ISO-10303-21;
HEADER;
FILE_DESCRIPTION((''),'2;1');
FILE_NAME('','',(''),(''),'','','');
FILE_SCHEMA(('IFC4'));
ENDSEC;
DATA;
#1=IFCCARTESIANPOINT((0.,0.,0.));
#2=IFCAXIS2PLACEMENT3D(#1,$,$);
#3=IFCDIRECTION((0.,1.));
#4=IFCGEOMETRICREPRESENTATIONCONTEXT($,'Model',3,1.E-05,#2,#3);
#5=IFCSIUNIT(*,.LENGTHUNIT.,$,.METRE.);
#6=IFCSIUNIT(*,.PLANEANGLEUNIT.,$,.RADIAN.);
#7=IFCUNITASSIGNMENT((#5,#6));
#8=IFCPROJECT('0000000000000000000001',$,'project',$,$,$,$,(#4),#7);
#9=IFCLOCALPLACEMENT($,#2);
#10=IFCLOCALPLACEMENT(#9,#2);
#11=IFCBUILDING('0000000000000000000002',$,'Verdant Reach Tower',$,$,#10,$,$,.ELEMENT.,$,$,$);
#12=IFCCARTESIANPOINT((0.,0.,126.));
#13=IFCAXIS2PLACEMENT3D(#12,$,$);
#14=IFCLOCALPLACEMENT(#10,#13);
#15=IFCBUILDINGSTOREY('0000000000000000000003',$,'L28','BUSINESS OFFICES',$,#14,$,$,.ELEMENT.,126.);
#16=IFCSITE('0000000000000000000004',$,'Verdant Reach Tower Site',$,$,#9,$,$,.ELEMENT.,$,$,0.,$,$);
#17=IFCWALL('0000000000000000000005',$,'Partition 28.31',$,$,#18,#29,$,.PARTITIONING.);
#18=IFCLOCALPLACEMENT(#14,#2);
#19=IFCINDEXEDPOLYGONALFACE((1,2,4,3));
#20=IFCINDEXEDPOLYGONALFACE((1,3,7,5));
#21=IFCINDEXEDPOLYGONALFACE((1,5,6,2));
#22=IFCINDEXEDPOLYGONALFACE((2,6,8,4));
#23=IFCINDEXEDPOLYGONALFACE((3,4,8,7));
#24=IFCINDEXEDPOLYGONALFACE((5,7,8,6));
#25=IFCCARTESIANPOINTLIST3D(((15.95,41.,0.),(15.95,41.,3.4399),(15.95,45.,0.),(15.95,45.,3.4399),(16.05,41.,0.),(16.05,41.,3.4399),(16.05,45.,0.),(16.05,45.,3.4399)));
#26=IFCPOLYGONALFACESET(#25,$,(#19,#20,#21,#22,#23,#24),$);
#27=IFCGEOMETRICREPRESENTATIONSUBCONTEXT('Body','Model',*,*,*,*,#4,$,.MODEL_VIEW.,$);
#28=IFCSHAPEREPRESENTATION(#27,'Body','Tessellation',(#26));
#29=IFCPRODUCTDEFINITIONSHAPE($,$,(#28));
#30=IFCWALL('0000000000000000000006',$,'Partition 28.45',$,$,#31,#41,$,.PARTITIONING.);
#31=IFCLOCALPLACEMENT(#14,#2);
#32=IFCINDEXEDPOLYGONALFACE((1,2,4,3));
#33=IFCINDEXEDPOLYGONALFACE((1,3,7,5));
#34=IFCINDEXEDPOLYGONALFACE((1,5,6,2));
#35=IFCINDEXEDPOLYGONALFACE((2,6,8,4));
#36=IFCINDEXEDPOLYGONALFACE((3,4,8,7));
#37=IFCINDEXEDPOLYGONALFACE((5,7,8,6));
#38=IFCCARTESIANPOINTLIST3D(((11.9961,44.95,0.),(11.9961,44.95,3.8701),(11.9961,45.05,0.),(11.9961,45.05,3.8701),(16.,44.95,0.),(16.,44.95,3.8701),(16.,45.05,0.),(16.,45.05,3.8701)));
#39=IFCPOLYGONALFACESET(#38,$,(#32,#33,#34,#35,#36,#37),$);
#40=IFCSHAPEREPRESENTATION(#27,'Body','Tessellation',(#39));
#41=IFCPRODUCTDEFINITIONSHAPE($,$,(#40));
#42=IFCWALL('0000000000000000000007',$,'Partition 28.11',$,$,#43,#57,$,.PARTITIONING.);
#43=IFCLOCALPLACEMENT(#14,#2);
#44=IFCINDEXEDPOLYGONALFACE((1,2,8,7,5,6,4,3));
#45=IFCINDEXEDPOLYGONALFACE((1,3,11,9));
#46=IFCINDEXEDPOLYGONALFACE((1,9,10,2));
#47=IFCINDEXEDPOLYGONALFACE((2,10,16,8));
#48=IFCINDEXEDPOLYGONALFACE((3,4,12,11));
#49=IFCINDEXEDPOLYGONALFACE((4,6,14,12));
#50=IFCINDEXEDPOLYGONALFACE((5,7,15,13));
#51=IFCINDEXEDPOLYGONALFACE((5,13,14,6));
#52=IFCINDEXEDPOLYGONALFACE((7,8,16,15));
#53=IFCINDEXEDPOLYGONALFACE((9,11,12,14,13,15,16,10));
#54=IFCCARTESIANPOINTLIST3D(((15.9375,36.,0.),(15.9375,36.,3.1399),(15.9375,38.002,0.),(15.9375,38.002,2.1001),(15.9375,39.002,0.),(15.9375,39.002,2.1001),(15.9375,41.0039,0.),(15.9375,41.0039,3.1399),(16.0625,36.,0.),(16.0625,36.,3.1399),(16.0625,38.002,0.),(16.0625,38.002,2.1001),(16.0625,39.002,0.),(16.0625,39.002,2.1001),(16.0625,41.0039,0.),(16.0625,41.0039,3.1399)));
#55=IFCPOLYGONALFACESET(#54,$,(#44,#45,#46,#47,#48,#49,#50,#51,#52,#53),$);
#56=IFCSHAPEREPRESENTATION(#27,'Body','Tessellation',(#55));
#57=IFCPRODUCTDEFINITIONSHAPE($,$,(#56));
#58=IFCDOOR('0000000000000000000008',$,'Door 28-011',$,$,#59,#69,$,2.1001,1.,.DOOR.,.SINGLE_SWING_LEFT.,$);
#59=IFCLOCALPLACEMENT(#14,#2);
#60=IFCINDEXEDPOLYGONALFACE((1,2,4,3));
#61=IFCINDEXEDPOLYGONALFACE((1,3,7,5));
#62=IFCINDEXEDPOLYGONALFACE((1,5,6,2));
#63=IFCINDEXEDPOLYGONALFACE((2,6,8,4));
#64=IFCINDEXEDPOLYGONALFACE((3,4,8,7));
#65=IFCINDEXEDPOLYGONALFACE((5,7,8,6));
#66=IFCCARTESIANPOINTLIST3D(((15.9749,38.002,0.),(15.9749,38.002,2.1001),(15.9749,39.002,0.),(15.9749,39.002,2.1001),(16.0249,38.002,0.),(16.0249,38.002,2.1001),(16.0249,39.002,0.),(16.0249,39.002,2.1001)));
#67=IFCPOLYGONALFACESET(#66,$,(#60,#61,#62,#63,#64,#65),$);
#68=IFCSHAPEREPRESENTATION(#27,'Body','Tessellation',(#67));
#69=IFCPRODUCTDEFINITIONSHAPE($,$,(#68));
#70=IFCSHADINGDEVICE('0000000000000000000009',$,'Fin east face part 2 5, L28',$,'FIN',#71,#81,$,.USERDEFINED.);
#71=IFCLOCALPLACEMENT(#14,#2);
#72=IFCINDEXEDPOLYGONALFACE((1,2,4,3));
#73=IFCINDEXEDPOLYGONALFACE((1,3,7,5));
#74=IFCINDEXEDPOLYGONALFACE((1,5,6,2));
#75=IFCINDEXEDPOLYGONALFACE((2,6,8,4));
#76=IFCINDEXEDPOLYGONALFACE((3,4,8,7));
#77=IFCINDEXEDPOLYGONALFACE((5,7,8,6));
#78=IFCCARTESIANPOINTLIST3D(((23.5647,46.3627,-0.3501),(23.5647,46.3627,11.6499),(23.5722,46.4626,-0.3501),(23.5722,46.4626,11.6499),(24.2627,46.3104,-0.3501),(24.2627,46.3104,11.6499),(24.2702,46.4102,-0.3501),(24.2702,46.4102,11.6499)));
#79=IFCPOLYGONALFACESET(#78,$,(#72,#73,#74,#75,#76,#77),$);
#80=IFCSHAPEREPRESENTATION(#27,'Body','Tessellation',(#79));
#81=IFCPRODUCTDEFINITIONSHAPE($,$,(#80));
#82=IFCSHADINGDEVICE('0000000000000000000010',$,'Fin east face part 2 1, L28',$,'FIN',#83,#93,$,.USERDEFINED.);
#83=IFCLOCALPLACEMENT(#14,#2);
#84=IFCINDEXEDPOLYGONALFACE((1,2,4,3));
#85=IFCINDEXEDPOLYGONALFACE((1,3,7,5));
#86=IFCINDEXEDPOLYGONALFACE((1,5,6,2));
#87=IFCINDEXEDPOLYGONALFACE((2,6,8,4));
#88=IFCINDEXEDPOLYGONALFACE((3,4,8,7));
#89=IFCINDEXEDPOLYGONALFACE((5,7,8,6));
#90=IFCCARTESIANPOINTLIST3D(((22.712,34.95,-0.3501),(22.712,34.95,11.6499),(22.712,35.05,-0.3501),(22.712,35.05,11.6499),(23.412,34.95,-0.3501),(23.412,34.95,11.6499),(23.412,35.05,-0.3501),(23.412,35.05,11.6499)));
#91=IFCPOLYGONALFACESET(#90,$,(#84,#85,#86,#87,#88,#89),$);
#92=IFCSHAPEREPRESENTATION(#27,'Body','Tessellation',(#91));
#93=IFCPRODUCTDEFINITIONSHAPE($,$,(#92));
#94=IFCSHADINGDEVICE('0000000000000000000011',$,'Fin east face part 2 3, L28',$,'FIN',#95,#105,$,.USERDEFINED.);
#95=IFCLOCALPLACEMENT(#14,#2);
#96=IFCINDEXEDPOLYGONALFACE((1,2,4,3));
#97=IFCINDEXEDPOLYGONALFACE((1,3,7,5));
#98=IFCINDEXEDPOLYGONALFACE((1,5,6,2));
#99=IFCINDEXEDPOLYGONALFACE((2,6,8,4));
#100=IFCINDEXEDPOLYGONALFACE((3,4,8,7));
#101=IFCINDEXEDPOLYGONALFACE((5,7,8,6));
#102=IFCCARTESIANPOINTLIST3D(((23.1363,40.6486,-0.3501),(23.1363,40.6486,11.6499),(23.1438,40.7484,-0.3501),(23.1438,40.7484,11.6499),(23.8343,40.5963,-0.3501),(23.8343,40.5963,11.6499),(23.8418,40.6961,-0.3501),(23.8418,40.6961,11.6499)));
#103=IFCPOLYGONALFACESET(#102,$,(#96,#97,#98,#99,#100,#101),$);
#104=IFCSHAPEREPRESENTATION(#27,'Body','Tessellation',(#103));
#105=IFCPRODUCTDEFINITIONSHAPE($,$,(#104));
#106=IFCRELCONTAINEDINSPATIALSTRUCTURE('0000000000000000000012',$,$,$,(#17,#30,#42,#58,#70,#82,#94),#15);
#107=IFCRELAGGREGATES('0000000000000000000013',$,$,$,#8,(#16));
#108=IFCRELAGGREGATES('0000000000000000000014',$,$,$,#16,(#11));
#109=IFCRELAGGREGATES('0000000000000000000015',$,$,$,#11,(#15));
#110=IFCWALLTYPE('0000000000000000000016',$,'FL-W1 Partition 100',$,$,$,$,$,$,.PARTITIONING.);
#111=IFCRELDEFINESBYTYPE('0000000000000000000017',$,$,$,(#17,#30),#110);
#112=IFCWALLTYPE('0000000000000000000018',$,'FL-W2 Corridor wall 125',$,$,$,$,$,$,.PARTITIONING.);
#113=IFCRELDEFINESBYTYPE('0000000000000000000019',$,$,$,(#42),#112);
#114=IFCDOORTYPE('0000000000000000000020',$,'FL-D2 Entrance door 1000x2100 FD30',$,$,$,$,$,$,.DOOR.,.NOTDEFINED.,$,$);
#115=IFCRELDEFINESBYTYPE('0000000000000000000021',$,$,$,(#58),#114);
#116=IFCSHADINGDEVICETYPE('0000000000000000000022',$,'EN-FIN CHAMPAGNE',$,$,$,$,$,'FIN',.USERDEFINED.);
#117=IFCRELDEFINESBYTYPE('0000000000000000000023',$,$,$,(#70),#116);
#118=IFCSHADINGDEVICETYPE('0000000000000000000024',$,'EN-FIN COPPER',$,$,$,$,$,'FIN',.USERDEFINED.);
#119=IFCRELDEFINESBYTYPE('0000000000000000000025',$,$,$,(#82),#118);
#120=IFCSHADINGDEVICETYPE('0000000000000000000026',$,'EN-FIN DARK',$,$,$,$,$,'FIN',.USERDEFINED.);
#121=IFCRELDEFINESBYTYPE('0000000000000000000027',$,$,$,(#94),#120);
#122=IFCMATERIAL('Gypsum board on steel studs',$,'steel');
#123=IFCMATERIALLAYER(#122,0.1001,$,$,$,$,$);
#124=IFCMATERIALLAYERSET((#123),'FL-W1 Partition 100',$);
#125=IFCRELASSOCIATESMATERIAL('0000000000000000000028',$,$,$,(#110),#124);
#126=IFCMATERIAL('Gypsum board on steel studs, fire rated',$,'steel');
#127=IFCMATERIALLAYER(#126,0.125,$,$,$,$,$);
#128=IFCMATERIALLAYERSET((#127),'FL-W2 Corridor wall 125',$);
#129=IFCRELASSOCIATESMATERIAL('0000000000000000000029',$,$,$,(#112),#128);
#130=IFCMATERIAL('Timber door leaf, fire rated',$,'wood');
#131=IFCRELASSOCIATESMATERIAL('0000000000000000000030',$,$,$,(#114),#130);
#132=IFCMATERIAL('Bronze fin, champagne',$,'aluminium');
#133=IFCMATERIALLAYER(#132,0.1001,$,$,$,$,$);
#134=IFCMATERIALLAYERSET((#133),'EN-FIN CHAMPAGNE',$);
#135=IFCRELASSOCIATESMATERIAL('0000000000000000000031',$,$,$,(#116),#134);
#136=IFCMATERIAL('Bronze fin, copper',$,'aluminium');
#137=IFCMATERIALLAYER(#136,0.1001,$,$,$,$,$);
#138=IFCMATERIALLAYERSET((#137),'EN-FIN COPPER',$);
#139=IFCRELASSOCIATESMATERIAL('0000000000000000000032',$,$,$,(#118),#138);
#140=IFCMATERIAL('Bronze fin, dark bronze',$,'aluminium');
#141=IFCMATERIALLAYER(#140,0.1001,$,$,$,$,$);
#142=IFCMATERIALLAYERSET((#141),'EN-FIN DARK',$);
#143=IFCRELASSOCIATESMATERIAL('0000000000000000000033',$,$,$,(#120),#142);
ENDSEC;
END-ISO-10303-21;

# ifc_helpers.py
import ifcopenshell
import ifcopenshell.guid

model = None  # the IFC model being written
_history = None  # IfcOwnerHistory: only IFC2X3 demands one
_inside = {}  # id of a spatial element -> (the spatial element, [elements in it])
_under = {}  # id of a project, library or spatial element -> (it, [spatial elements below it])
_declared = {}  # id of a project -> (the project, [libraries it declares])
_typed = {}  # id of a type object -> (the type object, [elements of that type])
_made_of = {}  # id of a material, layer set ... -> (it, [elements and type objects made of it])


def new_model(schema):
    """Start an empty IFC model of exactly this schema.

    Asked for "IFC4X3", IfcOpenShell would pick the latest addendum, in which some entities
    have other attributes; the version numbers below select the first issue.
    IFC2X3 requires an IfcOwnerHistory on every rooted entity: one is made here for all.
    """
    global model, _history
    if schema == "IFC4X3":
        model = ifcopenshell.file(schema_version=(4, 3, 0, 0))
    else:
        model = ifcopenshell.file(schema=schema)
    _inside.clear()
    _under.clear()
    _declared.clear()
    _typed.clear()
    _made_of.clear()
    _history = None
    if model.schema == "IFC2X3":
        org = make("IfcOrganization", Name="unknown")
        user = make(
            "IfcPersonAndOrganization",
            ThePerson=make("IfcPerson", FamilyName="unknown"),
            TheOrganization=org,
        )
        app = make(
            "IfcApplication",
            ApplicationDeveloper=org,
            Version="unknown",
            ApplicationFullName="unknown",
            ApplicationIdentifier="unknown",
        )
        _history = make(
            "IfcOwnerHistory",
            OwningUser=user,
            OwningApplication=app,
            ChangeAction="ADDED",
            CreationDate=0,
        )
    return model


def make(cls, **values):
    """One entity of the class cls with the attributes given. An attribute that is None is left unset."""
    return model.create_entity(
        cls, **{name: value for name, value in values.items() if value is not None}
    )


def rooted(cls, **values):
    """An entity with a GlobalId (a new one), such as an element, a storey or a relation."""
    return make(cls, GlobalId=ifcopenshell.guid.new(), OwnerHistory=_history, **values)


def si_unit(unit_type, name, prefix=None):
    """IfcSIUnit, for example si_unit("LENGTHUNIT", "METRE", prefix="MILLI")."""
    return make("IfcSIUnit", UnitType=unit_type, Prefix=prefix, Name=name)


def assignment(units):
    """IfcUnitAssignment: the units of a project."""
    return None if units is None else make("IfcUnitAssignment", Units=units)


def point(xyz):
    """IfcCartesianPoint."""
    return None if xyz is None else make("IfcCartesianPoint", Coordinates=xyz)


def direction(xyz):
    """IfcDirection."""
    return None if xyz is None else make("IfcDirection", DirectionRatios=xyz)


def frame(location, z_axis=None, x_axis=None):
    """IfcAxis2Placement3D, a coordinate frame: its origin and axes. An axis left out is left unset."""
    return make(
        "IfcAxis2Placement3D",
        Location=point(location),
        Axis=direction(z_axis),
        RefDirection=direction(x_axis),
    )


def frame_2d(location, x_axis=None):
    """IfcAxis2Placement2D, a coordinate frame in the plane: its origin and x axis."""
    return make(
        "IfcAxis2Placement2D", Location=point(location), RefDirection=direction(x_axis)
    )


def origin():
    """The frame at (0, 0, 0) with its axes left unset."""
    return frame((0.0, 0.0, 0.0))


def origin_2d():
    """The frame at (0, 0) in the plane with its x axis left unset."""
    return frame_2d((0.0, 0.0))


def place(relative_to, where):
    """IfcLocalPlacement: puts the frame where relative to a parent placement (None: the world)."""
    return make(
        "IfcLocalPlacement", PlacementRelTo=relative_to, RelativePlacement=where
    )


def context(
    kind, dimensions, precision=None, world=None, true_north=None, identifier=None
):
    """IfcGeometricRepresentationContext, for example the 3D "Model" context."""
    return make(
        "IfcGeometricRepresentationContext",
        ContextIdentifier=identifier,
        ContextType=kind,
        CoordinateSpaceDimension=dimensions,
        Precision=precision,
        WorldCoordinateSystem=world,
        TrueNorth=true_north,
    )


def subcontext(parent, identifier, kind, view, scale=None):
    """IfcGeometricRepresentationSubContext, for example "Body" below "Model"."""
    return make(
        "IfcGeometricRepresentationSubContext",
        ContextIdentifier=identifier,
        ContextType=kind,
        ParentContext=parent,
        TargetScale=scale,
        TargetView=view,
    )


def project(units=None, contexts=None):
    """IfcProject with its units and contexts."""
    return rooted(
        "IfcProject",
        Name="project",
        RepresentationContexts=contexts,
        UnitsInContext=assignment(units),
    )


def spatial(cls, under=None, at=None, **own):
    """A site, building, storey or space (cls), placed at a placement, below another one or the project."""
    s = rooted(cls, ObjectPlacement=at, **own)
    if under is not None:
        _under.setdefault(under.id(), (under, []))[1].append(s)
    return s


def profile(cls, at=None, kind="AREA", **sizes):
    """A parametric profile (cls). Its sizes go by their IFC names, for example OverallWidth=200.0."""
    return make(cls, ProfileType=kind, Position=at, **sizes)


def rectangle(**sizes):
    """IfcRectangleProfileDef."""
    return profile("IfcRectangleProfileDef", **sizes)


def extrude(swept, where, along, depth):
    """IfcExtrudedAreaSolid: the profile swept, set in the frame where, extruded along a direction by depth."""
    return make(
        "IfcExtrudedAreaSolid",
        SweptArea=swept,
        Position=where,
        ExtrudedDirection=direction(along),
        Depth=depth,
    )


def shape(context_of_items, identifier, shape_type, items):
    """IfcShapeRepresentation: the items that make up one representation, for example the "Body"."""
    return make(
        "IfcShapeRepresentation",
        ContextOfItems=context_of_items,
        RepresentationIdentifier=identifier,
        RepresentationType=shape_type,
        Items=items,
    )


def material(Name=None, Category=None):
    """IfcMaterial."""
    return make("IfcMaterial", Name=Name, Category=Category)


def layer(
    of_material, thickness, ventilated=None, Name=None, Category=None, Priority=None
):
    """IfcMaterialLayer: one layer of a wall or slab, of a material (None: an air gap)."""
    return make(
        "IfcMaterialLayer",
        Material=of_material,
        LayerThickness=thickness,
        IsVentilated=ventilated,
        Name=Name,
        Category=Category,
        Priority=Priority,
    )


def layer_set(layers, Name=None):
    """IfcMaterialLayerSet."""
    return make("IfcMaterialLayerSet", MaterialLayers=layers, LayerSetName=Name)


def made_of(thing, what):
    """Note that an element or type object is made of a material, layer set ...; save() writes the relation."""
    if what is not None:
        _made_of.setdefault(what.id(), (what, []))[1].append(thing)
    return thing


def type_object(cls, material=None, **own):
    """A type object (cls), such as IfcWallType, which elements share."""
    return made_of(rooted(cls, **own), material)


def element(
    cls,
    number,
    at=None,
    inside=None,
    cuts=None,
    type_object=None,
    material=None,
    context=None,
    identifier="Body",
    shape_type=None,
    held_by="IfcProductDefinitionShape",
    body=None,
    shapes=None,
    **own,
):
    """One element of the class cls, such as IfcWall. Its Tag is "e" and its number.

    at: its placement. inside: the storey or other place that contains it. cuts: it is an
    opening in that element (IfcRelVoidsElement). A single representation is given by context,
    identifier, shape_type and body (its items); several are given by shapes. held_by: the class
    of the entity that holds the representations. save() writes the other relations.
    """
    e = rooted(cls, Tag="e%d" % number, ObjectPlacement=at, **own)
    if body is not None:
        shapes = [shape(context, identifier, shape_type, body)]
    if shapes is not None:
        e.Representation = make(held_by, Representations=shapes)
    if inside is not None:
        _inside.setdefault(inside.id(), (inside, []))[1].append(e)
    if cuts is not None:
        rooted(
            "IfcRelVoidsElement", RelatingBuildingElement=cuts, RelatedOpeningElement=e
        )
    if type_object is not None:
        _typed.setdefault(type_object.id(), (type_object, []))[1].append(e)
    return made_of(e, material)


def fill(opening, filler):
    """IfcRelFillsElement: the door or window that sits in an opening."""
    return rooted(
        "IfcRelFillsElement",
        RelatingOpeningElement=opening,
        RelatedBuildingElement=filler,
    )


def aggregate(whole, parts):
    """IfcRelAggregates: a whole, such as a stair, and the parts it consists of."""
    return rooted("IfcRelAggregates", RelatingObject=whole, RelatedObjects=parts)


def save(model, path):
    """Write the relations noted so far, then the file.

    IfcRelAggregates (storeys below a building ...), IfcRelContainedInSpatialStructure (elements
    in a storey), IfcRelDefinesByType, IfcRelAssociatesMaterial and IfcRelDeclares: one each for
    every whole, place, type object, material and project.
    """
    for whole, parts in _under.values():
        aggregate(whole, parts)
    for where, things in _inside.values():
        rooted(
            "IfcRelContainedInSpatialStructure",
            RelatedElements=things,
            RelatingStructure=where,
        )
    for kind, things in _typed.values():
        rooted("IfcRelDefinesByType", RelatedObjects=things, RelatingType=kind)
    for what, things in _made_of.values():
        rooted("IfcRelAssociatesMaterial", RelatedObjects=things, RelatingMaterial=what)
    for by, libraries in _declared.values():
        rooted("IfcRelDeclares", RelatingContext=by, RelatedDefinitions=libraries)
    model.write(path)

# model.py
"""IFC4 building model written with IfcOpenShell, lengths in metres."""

from ifc_helpers import new_model, si_unit, direction, frame, frame_2d, origin, origin_2d, place, context, subcontext, project, spatial, rectangle, extrude, material, layer, layer_set, type_object, element, fill, save


model = new_model("IFC4")

# Units and contexts
model_context = context("Model", 3, precision=1e-05, world=origin(), true_north=direction((0.0, 1.0)))
body_context = subcontext(model_context, "Body", "Model", "MODEL_VIEW")
ifc_project = project(units=[si_unit("LENGTHUNIT", "METRE"), si_unit("PLANEANGLEUNIT", "RADIAN")], contexts=[model_context])

# Site, building, storey
site_placement = place(None, origin())
site = spatial("IfcSite", under=ifc_project, at=site_placement, Name="Verdant Reach Tower Site", CompositionType="ELEMENT", RefElevation=0.0)
building_placement = place(site_placement, origin())
building = spatial("IfcBuilding", under=site, at=building_placement, Name="Verdant Reach Tower", CompositionType="ELEMENT")
storey_placement = place(building_placement, frame((0.0, 0.0, 126.0)))
storey = spatial("IfcBuildingStorey", under=building, at=storey_placement, Name="L28", Description="BUSINESS OFFICES", CompositionType="ELEMENT", Elevation=126.0)

# Walls
ifc_material_1 = material(Name="Gypsum board on steel studs", Category="steel")
ifc_layer_1 = layer(ifc_material_1, 0.1001)
ifc_layer_set_1 = layer_set([ifc_layer_1], Name="FL-W1 Partition 100")
wall_type_1 = type_object("IfcWallType", Name="FL-W1 Partition 100", PredefinedType="PARTITIONING", material=ifc_layer_set_1)
wall_1_placement = place(storey_placement, frame((16.0, 45.0, 0.0), z_axis=(0.0, 0.0, 1.0), x_axis=(0.0, -1.0, 0.0)))
element("IfcWall", 1, at=wall_1_placement, inside=storey, type_object=wall_type_1, Name="Partition 28.31", PredefinedType="PARTITIONING", context=body_context, shape_type="SweptSolid", body=[
    extrude(rectangle(XDim=4.0, YDim=0.1001, at=frame_2d((2.0, 0.0))), origin(), (0.0, 0.0, 1.0), 3.4399),
])
wall_2_placement = place(storey_placement, frame((16.0, 45.0, 0.0), z_axis=(0.0, 0.0, 1.0), x_axis=(-1.0, 0.0, 0.0)))
element("IfcWall", 2, at=wall_2_placement, inside=storey, type_object=wall_type_1, Name="Partition 28.45", PredefinedType="PARTITIONING", context=body_context, shape_type="SweptSolid", body=[
    extrude(rectangle(XDim=4.0039, YDim=0.1001, at=frame_2d((2.002, 0.0))), origin(), (0.0, 0.0, 1.0), 3.8701),
])

# Wall, opening, door
ifc_material_2 = material(Name="Gypsum board on steel studs, fire rated", Category="steel")
ifc_layer_2 = layer(ifc_material_2, 0.125)
ifc_layer_set_2 = layer_set([ifc_layer_2], Name="FL-W2 Corridor wall 125")
wall_type_2 = type_object("IfcWallType", Name="FL-W2 Corridor wall 125", PredefinedType="PARTITIONING", material=ifc_layer_set_2)
wall_3_placement = place(storey_placement, frame((16.0, 41.0039, 0.0), z_axis=(0.0, 0.0, 1.0), x_axis=(0.0, -1.0, 0.0)))
wall_3 = element("IfcWall", 3, at=wall_3_placement, inside=storey, type_object=wall_type_2, Name="Partition 28.11", PredefinedType="PARTITIONING", context=body_context, shape_type="SweptSolid", body=[
    extrude(rectangle(XDim=5.0039, YDim=0.125, at=frame_2d((2.502, 0.0))), origin(), (0.0, 0.0, 1.0), 3.1399),
])
opening_placement = place(wall_3_placement, frame((2.002, 0.0, 0.0)))
opening = element("IfcOpeningElement", 4, at=opening_placement, cuts=wall_3, PredefinedType="OPENING", context=body_context, shape_type="SweptSolid", body=[
    extrude(rectangle(XDim=1.0, YDim=2.1001, at=frame_2d((0.5, 1.05))), frame((0.0, 0.0725, 0.0), z_axis=(0.0, -1.0, 0.0), x_axis=(1.0, 0.0, 0.0)), (0.0, 0.0, 1.0), 0.145),
])
ifc_material_3 = material(Name="Timber door leaf, fire rated", Category="wood")
door_type = type_object("IfcDoorType", Name="FL-D2 Entrance door 1000x2100 FD30", OperationType="NOTDEFINED", PredefinedType="DOOR", material=ifc_material_3)
door_placement = place(opening_placement, origin())
door = element("IfcDoor", 5, at=door_placement, inside=storey, type_object=door_type, Name="Door 28-011", OperationType="SINGLE_SWING_LEFT", OverallHeight=2.1001, OverallWidth=1.0, PredefinedType="DOOR", context=body_context, shape_type="SweptSolid", body=[
    extrude(rectangle(XDim=1.0, YDim=2.1001, at=frame_2d((0.5, 1.05))), frame((0.0, 0.0249, 0.0), z_axis=(0.0, -1.0, 0.0), x_axis=(1.0, 0.0, 0.0)), (0.0, 0.0, 1.0), 0.05),
])
fill(opening, door)

# Shading devices
ifc_material_4 = material(Name="Bronze fin, champagne", Category="aluminium")
ifc_layer_3 = layer(ifc_material_4, 0.1001)
ifc_layer_set_3 = layer_set([ifc_layer_3], Name="EN-FIN CHAMPAGNE")
shading_device_type_1 = type_object("IfcShadingDeviceType", Name="EN-FIN CHAMPAGNE", ElementType="FIN", PredefinedType="USERDEFINED", material=ifc_layer_set_3)
shading_device_1_placement = place(storey_placement, frame((23.9175, 46.3865, -0.3501), z_axis=(0.0, 0.0, 1.0), x_axis=(0.07479, 0.997199, 0.0)))
element("IfcShadingDevice", 6, at=shading_device_1_placement, inside=storey, type_object=shading_device_type_1, Name="Fin east face part 2 5, L28", ObjectType="FIN", PredefinedType="USERDEFINED", context=body_context, shape_type="SweptSolid", body=[
    extrude(rectangle(XDim=0.1001, YDim=0.7, at=origin_2d()), origin(), (0.0, 0.0, 1.0), 12.0),
])
ifc_material_5 = material(Name="Bronze fin, copper", Category="aluminium")
ifc_layer_4 = layer(ifc_material_5, 0.1001)
ifc_layer_set_4 = layer_set([ifc_layer_4], Name="EN-FIN COPPER")
shading_device_type_2 = type_object("IfcShadingDeviceType", Name="EN-FIN COPPER", ElementType="FIN", PredefinedType="USERDEFINED", material=ifc_layer_set_4)
shading_device_2_placement = place(storey_placement, frame((23.062, 35.0, -0.3501), z_axis=(0.0, 0.0, 1.0), x_axis=(0.0, 1.0, 0.0)))
element("IfcShadingDevice", 7, at=shading_device_2_placement, inside=storey, type_object=shading_device_type_2, Name="Fin east face part 2 1, L28", ObjectType="FIN", PredefinedType="USERDEFINED", context=body_context, shape_type="SweptSolid", body=[
    extrude(rectangle(XDim=0.1001, YDim=0.7, at=origin_2d()), origin(), (0.0, 0.0, 1.0), 12.0),
])
ifc_material_6 = material(Name="Bronze fin, dark bronze", Category="aluminium")
ifc_layer_5 = layer(ifc_material_6, 0.1001)
ifc_layer_set_5 = layer_set([ifc_layer_5], Name="EN-FIN DARK")
shading_device_type_3 = type_object("IfcShadingDeviceType", Name="EN-FIN DARK", ElementType="FIN", PredefinedType="USERDEFINED", material=ifc_layer_set_5)
shading_device_3_placement = place(storey_placement, frame((23.489, 40.6724, -0.3501), z_axis=(0.0, 0.0, 1.0), x_axis=(0.07479, 0.997199, 0.0)))
element("IfcShadingDevice", 8, at=shading_device_3_placement, inside=storey, type_object=shading_device_type_3, Name="Fin east face part 2 3, L28", ObjectType="FIN", PredefinedType="USERDEFINED", context=body_context, shape_type="SweptSolid", body=[
    extrude(rectangle(XDim=0.1001, YDim=0.7, at=origin_2d()), origin(), (0.0, 0.0, 1.0), 12.0),
])

save(model, "model.ifc")
